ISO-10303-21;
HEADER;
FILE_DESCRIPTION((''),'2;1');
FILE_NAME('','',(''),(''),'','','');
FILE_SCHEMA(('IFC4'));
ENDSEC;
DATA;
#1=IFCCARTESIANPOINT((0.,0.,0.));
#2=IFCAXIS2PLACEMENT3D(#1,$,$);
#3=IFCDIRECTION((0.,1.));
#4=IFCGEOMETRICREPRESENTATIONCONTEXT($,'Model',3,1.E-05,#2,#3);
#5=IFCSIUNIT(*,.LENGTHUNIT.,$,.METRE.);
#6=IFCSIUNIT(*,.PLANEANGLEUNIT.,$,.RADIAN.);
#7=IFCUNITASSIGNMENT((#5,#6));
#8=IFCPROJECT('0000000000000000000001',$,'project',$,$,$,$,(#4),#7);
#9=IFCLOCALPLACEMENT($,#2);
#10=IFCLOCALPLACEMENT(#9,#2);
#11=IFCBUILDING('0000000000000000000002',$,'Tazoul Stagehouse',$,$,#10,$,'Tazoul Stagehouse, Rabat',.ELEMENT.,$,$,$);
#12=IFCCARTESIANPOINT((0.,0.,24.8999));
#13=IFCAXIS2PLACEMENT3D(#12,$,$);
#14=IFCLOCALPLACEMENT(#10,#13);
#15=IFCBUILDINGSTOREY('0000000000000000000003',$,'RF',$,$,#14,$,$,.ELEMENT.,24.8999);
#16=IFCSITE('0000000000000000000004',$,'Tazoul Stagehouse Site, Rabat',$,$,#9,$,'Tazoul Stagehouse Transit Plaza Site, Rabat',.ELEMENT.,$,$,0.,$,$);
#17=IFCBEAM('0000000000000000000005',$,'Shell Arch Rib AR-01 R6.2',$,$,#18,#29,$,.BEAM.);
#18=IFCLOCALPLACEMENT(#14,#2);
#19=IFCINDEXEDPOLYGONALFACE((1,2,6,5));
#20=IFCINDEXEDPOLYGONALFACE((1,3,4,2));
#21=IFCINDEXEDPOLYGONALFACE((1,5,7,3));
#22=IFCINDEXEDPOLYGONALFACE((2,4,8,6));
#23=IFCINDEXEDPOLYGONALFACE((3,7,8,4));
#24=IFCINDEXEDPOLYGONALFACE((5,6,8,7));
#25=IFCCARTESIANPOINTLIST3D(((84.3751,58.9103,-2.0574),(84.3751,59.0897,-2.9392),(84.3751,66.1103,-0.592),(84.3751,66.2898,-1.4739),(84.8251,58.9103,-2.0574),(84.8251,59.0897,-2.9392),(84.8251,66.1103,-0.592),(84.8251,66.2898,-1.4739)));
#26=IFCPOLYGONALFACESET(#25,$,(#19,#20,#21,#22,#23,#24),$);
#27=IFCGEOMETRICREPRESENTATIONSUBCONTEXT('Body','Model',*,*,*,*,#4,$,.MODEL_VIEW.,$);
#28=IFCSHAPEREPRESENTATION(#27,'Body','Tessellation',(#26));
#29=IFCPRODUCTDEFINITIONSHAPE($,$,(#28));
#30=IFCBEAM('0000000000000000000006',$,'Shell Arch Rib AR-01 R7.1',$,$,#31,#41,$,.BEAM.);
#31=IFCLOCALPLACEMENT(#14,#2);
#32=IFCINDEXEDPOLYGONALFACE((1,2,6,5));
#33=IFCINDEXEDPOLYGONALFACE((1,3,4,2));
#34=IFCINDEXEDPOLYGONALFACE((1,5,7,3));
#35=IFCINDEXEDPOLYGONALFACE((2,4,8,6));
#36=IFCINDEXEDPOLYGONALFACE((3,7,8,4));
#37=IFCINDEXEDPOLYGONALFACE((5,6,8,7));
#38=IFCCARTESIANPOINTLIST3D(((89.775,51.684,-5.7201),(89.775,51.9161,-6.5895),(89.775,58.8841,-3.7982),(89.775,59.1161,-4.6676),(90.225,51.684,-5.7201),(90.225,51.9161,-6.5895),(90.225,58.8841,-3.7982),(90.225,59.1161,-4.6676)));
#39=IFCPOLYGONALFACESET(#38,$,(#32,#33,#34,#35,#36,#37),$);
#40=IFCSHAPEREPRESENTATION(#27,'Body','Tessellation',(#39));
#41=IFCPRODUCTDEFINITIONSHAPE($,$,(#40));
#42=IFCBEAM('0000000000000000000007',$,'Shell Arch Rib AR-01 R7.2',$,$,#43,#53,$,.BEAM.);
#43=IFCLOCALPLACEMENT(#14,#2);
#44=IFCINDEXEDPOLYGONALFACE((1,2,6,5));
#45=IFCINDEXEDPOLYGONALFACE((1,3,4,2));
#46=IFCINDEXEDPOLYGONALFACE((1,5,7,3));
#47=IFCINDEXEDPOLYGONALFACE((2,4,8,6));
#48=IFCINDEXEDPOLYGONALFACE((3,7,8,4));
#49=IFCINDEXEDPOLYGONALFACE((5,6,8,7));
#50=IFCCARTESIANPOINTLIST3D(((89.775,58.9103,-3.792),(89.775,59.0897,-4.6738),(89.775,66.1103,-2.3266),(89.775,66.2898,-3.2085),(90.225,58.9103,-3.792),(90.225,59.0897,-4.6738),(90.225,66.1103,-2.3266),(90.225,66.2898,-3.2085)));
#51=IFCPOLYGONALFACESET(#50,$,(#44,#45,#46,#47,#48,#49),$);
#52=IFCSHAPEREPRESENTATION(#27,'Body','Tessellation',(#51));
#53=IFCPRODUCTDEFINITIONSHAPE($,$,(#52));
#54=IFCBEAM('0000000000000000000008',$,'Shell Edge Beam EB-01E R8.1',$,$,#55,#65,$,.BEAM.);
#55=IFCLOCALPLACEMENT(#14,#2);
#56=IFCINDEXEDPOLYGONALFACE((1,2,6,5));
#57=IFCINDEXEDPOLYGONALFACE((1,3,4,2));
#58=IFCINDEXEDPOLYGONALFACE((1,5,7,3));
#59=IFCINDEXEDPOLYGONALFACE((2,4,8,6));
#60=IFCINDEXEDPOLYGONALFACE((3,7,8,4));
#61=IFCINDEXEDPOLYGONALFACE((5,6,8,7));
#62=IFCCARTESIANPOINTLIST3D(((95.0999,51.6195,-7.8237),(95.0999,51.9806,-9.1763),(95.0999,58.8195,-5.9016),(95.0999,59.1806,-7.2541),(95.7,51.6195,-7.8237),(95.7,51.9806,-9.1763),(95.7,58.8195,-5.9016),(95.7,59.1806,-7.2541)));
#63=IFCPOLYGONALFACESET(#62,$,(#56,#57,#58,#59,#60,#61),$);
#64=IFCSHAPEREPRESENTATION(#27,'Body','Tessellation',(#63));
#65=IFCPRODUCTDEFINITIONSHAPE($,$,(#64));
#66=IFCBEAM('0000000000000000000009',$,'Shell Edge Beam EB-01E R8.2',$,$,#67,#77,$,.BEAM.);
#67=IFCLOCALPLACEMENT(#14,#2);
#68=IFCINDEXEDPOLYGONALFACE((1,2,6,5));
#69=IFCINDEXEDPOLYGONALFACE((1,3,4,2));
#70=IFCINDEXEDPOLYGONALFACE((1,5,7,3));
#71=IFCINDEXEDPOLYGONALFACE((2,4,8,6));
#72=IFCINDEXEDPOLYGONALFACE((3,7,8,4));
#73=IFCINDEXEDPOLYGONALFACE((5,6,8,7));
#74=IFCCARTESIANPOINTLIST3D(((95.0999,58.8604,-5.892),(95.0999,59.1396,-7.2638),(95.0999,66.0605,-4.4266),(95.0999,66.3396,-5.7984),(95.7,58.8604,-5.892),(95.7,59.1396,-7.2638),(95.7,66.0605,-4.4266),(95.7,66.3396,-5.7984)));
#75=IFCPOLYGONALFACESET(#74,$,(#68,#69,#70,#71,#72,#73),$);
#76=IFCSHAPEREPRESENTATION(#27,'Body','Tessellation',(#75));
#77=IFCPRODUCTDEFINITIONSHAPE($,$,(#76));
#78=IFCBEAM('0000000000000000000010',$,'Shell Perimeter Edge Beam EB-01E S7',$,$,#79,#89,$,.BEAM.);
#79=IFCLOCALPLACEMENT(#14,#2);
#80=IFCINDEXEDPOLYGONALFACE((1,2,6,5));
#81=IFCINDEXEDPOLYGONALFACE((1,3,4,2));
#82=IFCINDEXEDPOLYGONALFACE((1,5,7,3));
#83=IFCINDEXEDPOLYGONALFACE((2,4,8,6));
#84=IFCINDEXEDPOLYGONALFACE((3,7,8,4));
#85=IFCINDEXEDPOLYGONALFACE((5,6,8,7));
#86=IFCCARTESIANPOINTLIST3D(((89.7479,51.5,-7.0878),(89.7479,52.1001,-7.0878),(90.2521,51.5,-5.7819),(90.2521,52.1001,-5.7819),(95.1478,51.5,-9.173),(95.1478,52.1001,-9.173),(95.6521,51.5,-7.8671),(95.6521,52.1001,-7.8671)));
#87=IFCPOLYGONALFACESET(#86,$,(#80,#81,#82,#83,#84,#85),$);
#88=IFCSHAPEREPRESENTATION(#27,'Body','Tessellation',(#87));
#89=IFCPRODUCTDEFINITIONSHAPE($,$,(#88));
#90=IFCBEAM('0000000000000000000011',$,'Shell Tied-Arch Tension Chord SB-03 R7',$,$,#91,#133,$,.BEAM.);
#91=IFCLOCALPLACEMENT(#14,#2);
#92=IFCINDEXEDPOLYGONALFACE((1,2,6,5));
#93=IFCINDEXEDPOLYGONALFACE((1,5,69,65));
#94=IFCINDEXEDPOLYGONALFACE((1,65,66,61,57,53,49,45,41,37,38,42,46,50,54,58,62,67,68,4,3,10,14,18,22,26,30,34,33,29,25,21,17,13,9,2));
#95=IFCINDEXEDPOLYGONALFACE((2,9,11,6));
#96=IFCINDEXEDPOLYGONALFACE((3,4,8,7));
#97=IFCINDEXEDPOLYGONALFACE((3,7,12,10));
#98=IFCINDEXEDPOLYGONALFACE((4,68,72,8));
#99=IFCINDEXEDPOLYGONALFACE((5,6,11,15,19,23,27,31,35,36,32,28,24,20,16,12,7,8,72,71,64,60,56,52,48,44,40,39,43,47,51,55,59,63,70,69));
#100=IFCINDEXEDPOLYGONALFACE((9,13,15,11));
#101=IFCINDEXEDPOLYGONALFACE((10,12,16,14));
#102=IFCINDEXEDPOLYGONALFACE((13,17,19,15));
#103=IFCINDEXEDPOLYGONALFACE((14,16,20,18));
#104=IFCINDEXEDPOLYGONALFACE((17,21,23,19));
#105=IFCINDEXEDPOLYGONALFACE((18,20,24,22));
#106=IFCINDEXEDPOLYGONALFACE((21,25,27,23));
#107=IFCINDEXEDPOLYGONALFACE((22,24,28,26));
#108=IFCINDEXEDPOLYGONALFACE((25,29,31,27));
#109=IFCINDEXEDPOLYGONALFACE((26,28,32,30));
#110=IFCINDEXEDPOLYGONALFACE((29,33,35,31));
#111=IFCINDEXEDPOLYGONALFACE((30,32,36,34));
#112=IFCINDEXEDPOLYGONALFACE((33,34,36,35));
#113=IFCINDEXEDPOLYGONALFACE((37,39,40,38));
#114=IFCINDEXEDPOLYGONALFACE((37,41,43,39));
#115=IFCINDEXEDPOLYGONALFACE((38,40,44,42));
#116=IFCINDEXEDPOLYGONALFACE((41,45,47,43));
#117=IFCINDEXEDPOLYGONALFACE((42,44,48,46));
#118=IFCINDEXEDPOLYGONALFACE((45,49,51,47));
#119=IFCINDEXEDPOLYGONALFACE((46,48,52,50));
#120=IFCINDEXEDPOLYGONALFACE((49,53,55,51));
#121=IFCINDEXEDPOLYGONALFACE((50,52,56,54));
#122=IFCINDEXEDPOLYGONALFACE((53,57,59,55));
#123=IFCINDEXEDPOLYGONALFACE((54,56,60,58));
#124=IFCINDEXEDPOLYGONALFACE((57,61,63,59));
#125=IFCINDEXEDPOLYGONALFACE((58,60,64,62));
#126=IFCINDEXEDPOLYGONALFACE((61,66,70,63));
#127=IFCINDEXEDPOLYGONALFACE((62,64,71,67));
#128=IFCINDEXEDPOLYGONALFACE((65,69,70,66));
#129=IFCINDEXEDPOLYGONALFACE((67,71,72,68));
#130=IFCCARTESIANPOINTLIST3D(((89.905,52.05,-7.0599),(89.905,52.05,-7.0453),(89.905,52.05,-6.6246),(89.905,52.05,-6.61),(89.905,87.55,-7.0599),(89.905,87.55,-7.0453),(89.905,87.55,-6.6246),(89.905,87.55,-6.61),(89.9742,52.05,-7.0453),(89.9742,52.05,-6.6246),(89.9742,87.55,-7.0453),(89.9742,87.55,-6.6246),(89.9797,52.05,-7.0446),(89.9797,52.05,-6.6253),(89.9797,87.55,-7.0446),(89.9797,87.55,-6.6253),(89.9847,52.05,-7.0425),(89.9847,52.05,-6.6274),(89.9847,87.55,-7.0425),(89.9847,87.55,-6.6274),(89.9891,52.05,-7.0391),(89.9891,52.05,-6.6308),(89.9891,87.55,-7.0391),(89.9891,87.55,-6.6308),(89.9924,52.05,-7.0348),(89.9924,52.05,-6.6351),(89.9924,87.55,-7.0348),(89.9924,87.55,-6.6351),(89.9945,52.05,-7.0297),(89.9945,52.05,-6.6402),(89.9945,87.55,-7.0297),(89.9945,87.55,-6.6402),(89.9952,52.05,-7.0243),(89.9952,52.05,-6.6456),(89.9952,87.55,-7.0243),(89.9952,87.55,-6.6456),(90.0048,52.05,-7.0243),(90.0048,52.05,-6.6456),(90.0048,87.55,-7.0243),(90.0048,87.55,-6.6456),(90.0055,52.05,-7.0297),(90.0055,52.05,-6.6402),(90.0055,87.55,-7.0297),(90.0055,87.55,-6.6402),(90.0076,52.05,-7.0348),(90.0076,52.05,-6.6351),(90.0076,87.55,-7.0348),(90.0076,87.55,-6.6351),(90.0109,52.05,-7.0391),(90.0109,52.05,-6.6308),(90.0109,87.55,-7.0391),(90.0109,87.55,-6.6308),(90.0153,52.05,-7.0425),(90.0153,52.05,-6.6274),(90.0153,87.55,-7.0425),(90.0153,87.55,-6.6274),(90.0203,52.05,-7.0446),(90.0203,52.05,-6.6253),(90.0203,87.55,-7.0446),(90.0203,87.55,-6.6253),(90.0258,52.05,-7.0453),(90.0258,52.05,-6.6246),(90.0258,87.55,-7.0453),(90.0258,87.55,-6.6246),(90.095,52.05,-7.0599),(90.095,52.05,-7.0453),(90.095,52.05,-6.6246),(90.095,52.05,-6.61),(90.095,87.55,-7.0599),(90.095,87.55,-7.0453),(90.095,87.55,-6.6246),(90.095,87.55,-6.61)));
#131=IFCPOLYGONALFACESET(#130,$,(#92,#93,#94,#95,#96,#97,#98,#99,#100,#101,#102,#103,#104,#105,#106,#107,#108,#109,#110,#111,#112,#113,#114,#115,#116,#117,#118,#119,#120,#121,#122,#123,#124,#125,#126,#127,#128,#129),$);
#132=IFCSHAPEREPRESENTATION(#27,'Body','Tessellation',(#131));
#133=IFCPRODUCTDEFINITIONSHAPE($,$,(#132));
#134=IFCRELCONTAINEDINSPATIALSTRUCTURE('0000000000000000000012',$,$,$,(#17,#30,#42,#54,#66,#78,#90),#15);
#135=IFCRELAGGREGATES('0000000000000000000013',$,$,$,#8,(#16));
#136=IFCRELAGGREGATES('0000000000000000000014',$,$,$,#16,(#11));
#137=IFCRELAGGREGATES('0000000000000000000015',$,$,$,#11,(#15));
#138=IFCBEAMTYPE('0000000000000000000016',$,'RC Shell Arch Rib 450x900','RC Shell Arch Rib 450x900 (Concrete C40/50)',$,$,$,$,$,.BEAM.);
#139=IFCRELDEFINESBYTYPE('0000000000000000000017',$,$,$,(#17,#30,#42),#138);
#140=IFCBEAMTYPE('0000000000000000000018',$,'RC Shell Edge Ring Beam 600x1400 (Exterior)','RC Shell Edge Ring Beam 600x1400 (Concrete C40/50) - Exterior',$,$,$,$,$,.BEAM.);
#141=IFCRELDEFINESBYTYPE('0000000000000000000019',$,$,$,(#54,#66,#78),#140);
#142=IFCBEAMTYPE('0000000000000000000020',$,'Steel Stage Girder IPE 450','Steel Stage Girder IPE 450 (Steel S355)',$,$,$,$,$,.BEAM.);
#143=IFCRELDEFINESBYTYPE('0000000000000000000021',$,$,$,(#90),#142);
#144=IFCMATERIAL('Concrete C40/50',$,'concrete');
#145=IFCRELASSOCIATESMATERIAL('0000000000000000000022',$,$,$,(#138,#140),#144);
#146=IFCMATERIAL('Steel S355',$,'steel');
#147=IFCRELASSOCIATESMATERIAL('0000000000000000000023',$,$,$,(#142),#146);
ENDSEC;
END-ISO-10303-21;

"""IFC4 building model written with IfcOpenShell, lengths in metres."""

from ifc_helpers import new_model, si_unit, direction, frame, origin, origin_2d, place, context, subcontext, project, spatial, rectangle, i_section, extrude, material, material_profile, profile_set, type_object, element, save


model = new_model("IFC4")

# Units and contexts
model_context = context("Model", 3, precision=1e-05, world=origin(), true_north=direction((0.0, 1.0)))
body_context = subcontext(model_context, "Body", "Model", "MODEL_VIEW")
ifc_project = project(units=[si_unit("LENGTHUNIT", "METRE"), si_unit("PLANEANGLEUNIT", "RADIAN")], contexts=[model_context])

# Site, building, storey
site_placement = place(None, origin())
site = spatial("IfcSite", under=ifc_project, at=site_placement, Name="Tazoul Stagehouse Site, Rabat", LongName="Tazoul Stagehouse Transit Plaza Site, Rabat", CompositionType="ELEMENT", RefElevation=0.0)
building_placement = place(site_placement, origin())
building = spatial("IfcBuilding", under=site, at=building_placement, Name="Tazoul Stagehouse", LongName="Tazoul Stagehouse, Rabat", CompositionType="ELEMENT")
storey_placement = place(building_placement, frame((0.0, 0.0, 24.8999)))
storey = spatial("IfcBuildingStorey", under=building, at=storey_placement, Name="RF", CompositionType="ELEMENT", Elevation=24.8999)

# Beams
ifc_material_1 = material(Name="Concrete C40/50", Category="concrete")
ifc_material_profile_1 = material_profile(ifc_material_1, rectangle(XDim=0.45, YDim=0.8999, at=origin_2d()), Name="RC 450x900")
ifc_profile_set_1 = profile_set([ifc_material_profile_1], Name="Concrete C40/50")
beam_type_1 = type_object("IfcBeamType", Name="RC Shell Arch Rib 450x900", Description="RC Shell Arch Rib 450x900 (Concrete C40/50)", PredefinedType="BEAM", material=ifc_profile_set_1)
beam_1_placement = place(storey_placement, frame((84.6001, 59.0, -2.4983), z_axis=(0.0, 0.979912, 0.199431), x_axis=(-1.0, 0.0, 0.0)))
element("IfcBeam", 1, at=beam_1_placement, inside=storey, type_object=beam_type_1, Name="Shell Arch Rib AR-01 R6.2", PredefinedType="BEAM", context=body_context, shape_type="SweptSolid", body=[
    extrude(rectangle(XDim=0.45, YDim=0.8999, at=origin_2d()), origin(), (0.0, 0.0, 1.0), 7.3477),
])
beam_2_placement = place(storey_placement, frame((90.0, 51.8, -6.1548), z_axis=(0.0, 0.966172, 0.257899), x_axis=(-1.0, 0.0, 0.0)))
element("IfcBeam", 2, at=beam_2_placement, inside=storey, type_object=beam_type_1, Name="Shell Arch Rib AR-01 R7.1", PredefinedType="BEAM", context=body_context, shape_type="SweptSolid", body=[
    extrude(rectangle(XDim=0.45, YDim=0.8999, at=origin_2d()), origin(), (0.0, 0.0, 1.0), 7.4521),
])
beam_3_placement = place(storey_placement, frame((90.0, 59.0, -4.2329), z_axis=(0.0, 0.979912, 0.199431), x_axis=(-1.0, 0.0, 0.0)))
element("IfcBeam", 3, at=beam_3_placement, inside=storey, type_object=beam_type_1, Name="Shell Arch Rib AR-01 R7.2", PredefinedType="BEAM", context=body_context, shape_type="SweptSolid", body=[
    extrude(rectangle(XDim=0.45, YDim=0.8999, at=origin_2d()), origin(), (0.0, 0.0, 1.0), 7.3477),
])
ifc_material_profile_2 = material_profile(ifc_material_1, rectangle(XDim=0.6001, YDim=1.3999, at=origin_2d()), Name="RC 600x1400")
ifc_profile_set_2 = profile_set([ifc_material_profile_2], Name="Concrete C40/50")
beam_type_2 = type_object("IfcBeamType", Name="RC Shell Edge Ring Beam 600x1400 (Exterior)", Description="RC Shell Edge Ring Beam 600x1400 (Concrete C40/50) - Exterior", PredefinedType="BEAM", material=ifc_profile_set_2)
beam_4_placement = place(storey_placement, frame((95.3999, 51.8, -8.5), z_axis=(0.0, 0.966164, 0.25793), x_axis=(-1.0, 0.0, 0.0)))
element("IfcBeam", 4, at=beam_4_placement, inside=storey, type_object=beam_type_2, Name="Shell Edge Beam EB-01E R8.1", PredefinedType="BEAM", context=body_context, shape_type="SweptSolid", body=[
    extrude(rectangle(XDim=0.6001, YDim=1.3999, at=origin_2d()), origin(), (0.0, 0.0, 1.0), 7.4521),
])
beam_5_placement = place(storey_placement, frame((95.3999, 59.0, -6.5779), z_axis=(0.0, 0.979912, 0.199431), x_axis=(-1.0, 0.0, 0.0)))
element("IfcBeam", 5, at=beam_5_placement, inside=storey, type_object=beam_type_2, Name="Shell Edge Beam EB-01E R8.2", PredefinedType="BEAM", context=body_context, shape_type="SweptSolid", body=[
    extrude(rectangle(XDim=0.6001, YDim=1.3999, at=origin_2d()), origin(), (0.0, 0.0, 1.0), 7.3477),
])
beam_6_placement = place(storey_placement, frame((90.0, 51.8, -6.4348), z_axis=(0.932863, 0.0, -0.360231), x_axis=(0.0, 1.0, 0.0)))
element("IfcBeam", 6, at=beam_6_placement, inside=storey, type_object=beam_type_2, Name="Shell Perimeter Edge Beam EB-01E S7", PredefinedType="BEAM", context=body_context, shape_type="SweptSolid", body=[
    extrude(rectangle(XDim=0.6001, YDim=1.3999, at=origin_2d()), origin(), (0.0, 0.0, 1.0), 5.7886),
])
ifc_material_2 = material(Name="Steel S355", Category="steel")
ifc_material_profile_3 = material_profile(ifc_material_2, i_section(OverallWidth=0.1899, OverallDepth=0.45, WebThickness=0.0095, FlangeThickness=0.0146, FilletRadius=0.021, at=origin_2d()), Name="IPE 450")
ifc_profile_set_3 = profile_set([ifc_material_profile_3], Name="Steel S355")
beam_type_3 = type_object("IfcBeamType", Name="Steel Stage Girder IPE 450", Description="Steel Stage Girder IPE 450 (Steel S355)", PredefinedType="BEAM", material=ifc_profile_set_3)
beam_7_placement = place(storey_placement, frame((90.0, 52.05, -6.835), z_axis=(0.0, 1.0, 0.0), x_axis=(-1.0, 0.0, 0.0)))
element("IfcBeam", 7, at=beam_7_placement, inside=storey, type_object=beam_type_3, Name="Shell Tied-Arch Tension Chord SB-03 R7", PredefinedType="BEAM", context=body_context, shape_type="SweptSolid", body=[
    extrude(i_section(OverallWidth=0.1899, OverallDepth=0.45, WebThickness=0.0095, FlangeThickness=0.0146, FilletRadius=0.021, at=origin_2d()), origin(), (0.0, 0.0, 1.0), 35.5),
])

save(model, "model.ifc")
